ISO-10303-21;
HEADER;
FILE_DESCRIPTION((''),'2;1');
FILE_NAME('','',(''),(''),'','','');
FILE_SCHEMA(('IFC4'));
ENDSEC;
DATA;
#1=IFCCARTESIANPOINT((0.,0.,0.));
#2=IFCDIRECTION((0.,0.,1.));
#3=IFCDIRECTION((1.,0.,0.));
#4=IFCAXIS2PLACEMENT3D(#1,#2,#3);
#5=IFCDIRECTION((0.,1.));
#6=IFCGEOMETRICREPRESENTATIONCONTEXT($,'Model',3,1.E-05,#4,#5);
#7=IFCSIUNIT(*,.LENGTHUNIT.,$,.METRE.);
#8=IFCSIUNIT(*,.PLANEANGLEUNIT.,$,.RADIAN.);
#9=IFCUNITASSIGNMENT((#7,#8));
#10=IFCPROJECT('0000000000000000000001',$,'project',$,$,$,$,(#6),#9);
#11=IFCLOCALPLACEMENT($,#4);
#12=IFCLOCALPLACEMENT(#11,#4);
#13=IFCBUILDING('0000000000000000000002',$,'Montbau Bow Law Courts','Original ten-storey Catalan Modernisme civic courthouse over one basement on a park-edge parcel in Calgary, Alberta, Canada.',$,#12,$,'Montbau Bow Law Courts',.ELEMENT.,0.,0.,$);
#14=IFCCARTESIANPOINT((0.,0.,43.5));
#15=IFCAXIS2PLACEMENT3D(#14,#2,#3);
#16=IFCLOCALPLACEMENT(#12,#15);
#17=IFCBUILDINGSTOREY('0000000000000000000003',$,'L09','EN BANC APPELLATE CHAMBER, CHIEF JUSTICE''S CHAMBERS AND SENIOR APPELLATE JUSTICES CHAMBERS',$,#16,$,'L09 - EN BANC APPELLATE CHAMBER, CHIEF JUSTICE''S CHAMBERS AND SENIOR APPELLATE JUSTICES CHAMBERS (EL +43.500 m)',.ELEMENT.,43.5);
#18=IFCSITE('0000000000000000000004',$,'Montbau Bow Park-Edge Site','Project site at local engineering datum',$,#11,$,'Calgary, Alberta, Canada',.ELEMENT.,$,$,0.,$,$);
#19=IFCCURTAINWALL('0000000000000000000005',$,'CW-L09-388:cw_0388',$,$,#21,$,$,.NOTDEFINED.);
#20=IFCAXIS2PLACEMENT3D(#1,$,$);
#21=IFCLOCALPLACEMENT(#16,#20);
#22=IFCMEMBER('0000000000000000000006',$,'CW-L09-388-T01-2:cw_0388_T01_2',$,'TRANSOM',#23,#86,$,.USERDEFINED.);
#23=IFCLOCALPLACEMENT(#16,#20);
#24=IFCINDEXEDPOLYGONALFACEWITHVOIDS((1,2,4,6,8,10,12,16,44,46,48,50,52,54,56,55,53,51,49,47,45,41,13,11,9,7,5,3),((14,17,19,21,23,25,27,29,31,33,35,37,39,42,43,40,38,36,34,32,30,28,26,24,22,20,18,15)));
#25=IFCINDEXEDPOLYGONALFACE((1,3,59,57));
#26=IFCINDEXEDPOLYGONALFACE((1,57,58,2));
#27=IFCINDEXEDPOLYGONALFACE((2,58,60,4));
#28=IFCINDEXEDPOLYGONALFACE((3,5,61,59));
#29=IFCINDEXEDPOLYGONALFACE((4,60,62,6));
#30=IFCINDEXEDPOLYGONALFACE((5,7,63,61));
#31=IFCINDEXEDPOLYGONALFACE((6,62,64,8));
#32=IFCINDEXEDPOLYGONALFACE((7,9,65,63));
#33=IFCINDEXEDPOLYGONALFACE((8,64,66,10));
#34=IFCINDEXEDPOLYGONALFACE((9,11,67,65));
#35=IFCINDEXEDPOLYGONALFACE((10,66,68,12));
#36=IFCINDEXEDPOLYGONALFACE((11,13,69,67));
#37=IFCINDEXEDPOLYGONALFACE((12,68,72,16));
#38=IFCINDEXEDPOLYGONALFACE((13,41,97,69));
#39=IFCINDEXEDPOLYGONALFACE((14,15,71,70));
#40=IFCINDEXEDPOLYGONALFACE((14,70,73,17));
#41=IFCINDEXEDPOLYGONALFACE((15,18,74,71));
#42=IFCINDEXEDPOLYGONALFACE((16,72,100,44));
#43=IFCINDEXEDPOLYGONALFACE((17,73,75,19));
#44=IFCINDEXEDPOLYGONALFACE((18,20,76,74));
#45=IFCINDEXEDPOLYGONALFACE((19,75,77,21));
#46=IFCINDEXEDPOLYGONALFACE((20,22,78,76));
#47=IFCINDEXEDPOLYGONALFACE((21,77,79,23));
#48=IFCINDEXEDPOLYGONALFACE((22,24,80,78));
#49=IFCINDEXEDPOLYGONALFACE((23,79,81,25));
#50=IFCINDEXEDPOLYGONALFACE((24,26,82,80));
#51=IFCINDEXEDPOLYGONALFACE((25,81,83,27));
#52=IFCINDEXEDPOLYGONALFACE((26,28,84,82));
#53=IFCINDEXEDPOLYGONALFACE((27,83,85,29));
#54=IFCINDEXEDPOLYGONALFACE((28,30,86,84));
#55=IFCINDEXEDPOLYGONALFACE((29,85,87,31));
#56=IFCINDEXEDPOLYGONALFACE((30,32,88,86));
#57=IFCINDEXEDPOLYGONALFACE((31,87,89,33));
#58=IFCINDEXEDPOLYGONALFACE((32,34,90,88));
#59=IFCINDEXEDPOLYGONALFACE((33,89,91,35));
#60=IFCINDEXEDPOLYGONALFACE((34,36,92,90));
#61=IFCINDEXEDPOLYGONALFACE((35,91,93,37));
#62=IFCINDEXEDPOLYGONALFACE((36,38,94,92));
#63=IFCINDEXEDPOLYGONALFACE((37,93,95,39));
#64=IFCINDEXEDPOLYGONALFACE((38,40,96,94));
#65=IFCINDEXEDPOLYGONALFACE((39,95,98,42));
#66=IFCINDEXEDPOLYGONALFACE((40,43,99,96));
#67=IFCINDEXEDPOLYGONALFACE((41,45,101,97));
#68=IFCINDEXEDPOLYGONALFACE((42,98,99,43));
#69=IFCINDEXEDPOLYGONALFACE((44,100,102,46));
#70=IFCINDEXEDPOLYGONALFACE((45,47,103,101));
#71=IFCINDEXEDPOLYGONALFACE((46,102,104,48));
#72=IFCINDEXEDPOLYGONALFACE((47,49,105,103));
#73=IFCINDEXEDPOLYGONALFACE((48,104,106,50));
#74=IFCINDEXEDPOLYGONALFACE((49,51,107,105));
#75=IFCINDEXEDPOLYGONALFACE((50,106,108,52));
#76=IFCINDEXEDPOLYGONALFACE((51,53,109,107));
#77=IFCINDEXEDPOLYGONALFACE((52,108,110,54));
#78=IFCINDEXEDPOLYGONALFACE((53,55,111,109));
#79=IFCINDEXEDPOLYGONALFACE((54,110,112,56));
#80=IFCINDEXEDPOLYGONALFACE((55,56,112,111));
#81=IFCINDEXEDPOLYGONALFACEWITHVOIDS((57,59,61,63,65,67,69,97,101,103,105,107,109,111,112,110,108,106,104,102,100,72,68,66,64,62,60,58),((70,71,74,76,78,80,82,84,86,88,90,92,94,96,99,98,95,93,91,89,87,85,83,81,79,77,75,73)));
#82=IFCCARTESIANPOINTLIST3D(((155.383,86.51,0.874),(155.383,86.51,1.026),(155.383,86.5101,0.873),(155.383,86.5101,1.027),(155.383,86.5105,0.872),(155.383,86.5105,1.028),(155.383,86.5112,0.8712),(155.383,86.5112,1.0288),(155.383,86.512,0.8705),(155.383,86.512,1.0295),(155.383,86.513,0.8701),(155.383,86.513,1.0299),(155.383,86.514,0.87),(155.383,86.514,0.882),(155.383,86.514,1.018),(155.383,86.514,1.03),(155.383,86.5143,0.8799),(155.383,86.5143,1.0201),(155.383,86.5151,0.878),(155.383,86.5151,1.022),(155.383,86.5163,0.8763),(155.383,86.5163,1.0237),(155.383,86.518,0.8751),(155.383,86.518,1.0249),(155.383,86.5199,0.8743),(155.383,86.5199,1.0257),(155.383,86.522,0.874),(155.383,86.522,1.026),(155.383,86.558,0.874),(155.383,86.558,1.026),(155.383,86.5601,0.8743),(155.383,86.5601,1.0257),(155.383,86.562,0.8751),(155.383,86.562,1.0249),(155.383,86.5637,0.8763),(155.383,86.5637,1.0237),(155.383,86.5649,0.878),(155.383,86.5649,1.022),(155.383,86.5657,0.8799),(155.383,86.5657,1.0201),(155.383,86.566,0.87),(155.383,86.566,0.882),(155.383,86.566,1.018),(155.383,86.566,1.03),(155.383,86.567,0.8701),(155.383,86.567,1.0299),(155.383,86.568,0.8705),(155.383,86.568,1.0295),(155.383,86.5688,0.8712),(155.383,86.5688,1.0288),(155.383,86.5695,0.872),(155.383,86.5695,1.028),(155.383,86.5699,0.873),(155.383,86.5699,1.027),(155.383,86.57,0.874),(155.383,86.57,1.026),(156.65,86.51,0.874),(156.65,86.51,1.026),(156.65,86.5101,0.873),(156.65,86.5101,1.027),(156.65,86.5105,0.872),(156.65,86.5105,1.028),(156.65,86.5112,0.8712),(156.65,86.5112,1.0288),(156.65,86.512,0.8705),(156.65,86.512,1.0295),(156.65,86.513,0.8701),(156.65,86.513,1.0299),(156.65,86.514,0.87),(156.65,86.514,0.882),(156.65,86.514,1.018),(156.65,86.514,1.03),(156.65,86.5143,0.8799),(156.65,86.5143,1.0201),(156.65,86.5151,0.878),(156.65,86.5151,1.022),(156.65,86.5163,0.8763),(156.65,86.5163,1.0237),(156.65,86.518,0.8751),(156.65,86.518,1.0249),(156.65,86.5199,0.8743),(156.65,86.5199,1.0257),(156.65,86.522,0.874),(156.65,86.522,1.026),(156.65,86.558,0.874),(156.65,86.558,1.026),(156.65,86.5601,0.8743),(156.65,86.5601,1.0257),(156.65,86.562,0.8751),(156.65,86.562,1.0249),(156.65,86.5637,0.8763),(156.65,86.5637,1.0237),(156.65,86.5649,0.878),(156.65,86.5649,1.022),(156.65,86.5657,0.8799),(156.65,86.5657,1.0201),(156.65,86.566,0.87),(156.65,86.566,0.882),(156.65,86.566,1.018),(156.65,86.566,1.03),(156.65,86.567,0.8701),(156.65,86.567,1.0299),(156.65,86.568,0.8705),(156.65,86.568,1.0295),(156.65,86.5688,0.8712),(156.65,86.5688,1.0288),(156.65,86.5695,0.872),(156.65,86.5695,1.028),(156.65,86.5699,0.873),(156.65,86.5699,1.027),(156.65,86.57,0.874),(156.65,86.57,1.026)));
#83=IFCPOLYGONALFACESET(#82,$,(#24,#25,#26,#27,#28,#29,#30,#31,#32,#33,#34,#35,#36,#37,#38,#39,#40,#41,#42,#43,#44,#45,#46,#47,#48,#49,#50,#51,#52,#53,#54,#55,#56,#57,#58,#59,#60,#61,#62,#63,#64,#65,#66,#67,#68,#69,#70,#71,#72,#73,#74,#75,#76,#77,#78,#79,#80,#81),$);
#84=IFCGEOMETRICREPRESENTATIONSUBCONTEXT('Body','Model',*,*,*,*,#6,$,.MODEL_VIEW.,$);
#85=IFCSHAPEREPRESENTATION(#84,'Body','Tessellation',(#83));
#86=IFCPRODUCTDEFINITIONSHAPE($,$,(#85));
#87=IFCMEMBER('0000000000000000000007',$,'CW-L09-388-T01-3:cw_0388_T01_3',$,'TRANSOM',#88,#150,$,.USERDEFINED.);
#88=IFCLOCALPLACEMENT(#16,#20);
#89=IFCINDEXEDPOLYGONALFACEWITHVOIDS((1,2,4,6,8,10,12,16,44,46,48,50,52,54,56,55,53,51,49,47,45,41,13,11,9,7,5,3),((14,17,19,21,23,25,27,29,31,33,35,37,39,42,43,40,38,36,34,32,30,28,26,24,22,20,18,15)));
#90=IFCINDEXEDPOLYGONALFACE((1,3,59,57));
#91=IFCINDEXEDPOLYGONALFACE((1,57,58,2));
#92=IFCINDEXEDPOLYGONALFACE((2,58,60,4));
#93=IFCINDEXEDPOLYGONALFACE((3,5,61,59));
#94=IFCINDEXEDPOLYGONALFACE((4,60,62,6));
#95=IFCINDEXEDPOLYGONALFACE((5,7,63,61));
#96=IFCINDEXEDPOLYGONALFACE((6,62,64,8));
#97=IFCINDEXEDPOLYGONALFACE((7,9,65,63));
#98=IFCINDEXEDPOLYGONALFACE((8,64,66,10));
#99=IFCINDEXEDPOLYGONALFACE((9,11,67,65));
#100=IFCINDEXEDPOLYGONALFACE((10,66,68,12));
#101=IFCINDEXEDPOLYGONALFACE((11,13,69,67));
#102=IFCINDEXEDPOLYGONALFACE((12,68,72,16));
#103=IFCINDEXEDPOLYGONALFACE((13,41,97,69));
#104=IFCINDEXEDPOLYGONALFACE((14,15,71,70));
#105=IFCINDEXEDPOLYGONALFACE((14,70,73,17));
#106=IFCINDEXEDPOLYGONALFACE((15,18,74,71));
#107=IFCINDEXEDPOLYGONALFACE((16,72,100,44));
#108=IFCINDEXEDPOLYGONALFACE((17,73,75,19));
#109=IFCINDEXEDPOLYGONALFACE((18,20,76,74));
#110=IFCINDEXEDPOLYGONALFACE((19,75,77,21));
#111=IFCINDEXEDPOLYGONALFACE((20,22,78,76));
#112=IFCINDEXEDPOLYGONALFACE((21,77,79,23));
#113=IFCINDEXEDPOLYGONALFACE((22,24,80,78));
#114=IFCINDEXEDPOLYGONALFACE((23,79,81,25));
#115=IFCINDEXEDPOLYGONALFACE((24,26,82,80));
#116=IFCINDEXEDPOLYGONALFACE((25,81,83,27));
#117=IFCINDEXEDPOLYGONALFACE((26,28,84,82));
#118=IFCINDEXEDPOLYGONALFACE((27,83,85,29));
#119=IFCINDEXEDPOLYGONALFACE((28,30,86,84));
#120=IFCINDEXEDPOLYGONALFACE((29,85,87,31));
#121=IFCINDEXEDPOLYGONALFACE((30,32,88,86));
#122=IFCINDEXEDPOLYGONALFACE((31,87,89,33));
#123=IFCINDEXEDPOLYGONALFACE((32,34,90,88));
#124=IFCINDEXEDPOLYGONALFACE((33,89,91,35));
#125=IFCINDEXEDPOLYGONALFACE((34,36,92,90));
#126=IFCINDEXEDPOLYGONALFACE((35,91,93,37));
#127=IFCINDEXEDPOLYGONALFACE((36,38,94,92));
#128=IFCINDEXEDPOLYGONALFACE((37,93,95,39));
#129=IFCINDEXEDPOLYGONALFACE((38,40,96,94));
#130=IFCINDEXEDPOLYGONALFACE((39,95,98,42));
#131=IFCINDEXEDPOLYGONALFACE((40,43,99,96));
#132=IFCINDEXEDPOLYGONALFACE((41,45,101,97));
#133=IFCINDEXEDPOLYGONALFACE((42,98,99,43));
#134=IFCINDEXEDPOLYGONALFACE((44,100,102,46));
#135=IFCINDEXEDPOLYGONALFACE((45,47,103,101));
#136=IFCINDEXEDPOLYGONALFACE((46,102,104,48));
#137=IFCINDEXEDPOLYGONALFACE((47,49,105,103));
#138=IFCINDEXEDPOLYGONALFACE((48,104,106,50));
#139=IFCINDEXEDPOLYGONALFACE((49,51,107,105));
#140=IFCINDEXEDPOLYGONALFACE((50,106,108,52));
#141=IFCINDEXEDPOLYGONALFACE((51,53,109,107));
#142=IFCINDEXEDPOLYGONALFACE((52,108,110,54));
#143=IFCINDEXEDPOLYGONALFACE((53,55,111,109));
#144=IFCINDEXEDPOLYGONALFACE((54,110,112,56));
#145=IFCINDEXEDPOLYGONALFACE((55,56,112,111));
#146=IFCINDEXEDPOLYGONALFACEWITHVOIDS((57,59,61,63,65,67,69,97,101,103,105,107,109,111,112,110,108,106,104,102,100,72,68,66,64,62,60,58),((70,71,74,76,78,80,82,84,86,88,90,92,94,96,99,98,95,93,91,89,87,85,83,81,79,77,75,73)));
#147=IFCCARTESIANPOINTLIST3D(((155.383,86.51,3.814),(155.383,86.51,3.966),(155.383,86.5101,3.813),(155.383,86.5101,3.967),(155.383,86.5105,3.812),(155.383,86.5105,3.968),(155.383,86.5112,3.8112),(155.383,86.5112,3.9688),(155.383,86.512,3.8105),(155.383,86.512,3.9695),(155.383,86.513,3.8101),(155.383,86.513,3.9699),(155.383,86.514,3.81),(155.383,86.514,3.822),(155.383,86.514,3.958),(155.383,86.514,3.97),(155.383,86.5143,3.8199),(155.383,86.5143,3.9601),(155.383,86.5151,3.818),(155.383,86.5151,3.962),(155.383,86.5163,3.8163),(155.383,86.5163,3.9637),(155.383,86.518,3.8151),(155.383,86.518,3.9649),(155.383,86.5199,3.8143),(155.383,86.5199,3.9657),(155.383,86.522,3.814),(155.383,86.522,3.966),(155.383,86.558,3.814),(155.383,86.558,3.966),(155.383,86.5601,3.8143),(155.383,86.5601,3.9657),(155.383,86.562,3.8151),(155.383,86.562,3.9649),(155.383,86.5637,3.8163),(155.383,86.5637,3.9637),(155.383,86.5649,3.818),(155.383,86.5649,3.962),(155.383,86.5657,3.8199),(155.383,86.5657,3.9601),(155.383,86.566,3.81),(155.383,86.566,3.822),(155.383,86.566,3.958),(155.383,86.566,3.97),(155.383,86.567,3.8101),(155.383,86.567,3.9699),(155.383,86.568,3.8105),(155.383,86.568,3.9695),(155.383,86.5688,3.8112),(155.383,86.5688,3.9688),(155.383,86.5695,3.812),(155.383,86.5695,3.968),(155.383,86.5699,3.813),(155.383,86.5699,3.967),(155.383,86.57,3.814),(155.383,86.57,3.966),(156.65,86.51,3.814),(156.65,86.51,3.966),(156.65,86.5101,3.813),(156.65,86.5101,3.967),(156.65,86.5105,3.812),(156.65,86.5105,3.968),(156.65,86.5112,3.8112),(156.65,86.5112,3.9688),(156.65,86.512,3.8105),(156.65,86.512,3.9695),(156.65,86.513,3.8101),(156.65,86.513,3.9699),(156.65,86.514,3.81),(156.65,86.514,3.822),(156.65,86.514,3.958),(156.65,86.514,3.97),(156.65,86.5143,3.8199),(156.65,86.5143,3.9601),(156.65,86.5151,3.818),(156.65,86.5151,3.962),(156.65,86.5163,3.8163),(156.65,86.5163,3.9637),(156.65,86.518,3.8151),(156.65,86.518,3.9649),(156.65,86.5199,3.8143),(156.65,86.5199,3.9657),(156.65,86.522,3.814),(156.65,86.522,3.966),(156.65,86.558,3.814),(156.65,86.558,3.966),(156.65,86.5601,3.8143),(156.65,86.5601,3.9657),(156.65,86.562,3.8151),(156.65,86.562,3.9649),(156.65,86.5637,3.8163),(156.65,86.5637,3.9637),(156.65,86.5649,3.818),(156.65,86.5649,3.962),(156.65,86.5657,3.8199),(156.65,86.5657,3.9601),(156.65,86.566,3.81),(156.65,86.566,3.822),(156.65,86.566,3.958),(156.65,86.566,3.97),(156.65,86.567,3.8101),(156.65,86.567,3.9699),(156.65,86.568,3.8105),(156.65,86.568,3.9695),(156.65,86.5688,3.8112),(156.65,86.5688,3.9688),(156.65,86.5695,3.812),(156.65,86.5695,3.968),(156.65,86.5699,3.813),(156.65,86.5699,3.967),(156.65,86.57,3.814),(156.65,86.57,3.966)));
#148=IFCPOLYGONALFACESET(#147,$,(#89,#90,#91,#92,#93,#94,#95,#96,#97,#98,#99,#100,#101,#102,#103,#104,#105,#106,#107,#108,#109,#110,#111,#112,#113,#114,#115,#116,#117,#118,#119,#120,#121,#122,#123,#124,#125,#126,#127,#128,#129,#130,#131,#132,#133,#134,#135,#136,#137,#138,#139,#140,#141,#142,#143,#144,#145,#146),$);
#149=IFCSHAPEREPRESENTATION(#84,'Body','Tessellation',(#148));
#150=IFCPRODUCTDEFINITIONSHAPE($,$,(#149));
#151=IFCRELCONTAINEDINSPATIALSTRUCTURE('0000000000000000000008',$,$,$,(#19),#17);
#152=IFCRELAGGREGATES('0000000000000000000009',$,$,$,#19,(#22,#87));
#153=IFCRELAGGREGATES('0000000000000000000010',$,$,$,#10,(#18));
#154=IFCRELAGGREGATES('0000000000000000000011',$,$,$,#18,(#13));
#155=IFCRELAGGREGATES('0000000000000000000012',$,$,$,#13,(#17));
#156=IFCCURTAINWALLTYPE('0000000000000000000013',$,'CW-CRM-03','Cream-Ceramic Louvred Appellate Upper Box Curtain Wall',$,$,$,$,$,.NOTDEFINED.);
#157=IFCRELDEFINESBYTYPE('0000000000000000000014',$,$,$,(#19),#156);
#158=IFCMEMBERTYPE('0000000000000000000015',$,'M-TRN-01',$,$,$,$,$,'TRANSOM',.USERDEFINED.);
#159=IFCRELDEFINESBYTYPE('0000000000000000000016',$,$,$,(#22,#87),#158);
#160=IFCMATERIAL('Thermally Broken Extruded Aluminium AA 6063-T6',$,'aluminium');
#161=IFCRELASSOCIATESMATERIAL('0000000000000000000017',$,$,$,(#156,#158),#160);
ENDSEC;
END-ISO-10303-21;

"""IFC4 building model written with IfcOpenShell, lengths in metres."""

from ifc_helpers import new_model, si_unit, direction, frame, origin_with_axes, origin_2d_with_axis, place, context, subcontext, project, spatial, hollow_rectangle, extrude, material, material_profile, profile_set, type_object, element, aggregate, save


model = new_model("IFC4")

# Units and contexts
model_context = context("Model", 3, precision=1e-05, world=origin_with_axes(), true_north=direction((0.0, 1.0)))
body_context = subcontext(model_context, "Body", "Model", "MODEL_VIEW")
ifc_project = project(units=[si_unit("LENGTHUNIT", "METRE"), si_unit("PLANEANGLEUNIT", "RADIAN")], contexts=[model_context])

# Site, building, storey
site_placement = place(None, origin_with_axes())
site = spatial("IfcSite", under=ifc_project, at=site_placement, Name="Montbau Bow Park-Edge Site", Description="Project site at local engineering datum", LongName="Calgary, Alberta, Canada", CompositionType="ELEMENT", RefElevation=0.0)
building_placement = place(site_placement, origin_with_axes())
building = spatial("IfcBuilding", under=site, at=building_placement, Name="Montbau Bow Law Courts", Description="Original ten-storey Catalan Modernisme civic courthouse over one basement on a park-edge parcel in Calgary, Alberta, Canada.", LongName="Montbau Bow Law Courts", CompositionType="ELEMENT", ElevationOfRefHeight=0.0, ElevationOfTerrain=0.0)
storey_placement = place(building_placement, frame((0.0, 0.0, 43.5), z_axis=(0.0, 0.0, 1.0), x_axis=(1.0, 0.0, 0.0)))
storey = spatial("IfcBuildingStorey", under=building, at=storey_placement, Name="L09", Description="EN BANC APPELLATE CHAMBER, CHIEF JUSTICE'S CHAMBERS AND SENIOR APPELLATE JUSTICES CHAMBERS", LongName="L09 - EN BANC APPELLATE CHAMBER, CHIEF JUSTICE'S CHAMBERS AND SENIOR APPELLATE JUSTICES CHAMBERS (EL +43.500 m)", CompositionType="ELEMENT", Elevation=43.5)

# Curtain wall, members
ifc_material_1 = material(Name="Thermally Broken Extruded Aluminium AA 6063-T6", Category="aluminium")
curtain_wall_type = type_object("IfcCurtainWallType", Name="CW-CRM-03", Description="Cream-Ceramic Louvred Appellate Upper Box Curtain Wall", PredefinedType="NOTDEFINED", material=ifc_material_1)
curtain_wall_placement = place(None, frame((155.315, 86.54, 43.5), z_axis=(0.0, 0.0, 1.0), x_axis=(1.0, 0.0, 0.0)))
curtain_wall = element("IfcCurtainWall", 1, at=curtain_wall_placement, inside=storey, type_object=curtain_wall_type, Name="CW-L09-388:cw_0388", PredefinedType="NOTDEFINED")
ifc_material_profile_1 = material_profile(ifc_material_1, hollow_rectangle(XDim=0.06, YDim=0.16, WallThickness=0.004, InnerFilletRadius=0.008, OuterFilletRadius=0.004, at=origin_2d_with_axis()), Name="CWT-160X60", Category="Main", Priority=0)
ifc_profile_set_1 = profile_set([ifc_material_profile_1], Name="Thermally Broken Extruded Aluminium AA 6063-T6")
member_type_1 = type_object("IfcMemberType", Name="M-TRN-01", ElementType="TRANSOM", PredefinedType="USERDEFINED", material=ifc_profile_set_1)
member_1_placement = place(None, frame((155.383, 86.54, 44.45), z_axis=(1.0, 0.0, 0.0), x_axis=(0.0, 1.0, 0.0)))
member_1 = element("IfcMember", 2, at=member_1_placement, type_object=member_type_1, Name="CW-L09-388-T01-2:cw_0388_T01_2", ObjectType="TRANSOM", PredefinedType="USERDEFINED", context=body_context, shape_type="SweptSolid", body=[
    extrude(hollow_rectangle(XDim=0.06, YDim=0.16, WallThickness=0.004, InnerFilletRadius=0.008, OuterFilletRadius=0.004, at=origin_2d_with_axis()), origin_with_axes(), (0.0, 0.0, 1.0), 1.267),
])
member_2_placement = place(None, frame((155.383, 86.54, 47.39), z_axis=(1.0, 0.0, 0.0), x_axis=(0.0, 1.0, 0.0)))
member_2 = element("IfcMember", 3, at=member_2_placement, type_object=member_type_1, Name="CW-L09-388-T01-3:cw_0388_T01_3", ObjectType="TRANSOM", PredefinedType="USERDEFINED", context=body_context, shape_type="SweptSolid", body=[
    extrude(hollow_rectangle(XDim=0.06, YDim=0.16, WallThickness=0.004, InnerFilletRadius=0.008, OuterFilletRadius=0.004, at=origin_2d_with_axis()), origin_with_axes(), (0.0, 0.0, 1.0), 1.267),
])
aggregate(curtain_wall, [member_1, member_2])

save(model, "model.ifc")
